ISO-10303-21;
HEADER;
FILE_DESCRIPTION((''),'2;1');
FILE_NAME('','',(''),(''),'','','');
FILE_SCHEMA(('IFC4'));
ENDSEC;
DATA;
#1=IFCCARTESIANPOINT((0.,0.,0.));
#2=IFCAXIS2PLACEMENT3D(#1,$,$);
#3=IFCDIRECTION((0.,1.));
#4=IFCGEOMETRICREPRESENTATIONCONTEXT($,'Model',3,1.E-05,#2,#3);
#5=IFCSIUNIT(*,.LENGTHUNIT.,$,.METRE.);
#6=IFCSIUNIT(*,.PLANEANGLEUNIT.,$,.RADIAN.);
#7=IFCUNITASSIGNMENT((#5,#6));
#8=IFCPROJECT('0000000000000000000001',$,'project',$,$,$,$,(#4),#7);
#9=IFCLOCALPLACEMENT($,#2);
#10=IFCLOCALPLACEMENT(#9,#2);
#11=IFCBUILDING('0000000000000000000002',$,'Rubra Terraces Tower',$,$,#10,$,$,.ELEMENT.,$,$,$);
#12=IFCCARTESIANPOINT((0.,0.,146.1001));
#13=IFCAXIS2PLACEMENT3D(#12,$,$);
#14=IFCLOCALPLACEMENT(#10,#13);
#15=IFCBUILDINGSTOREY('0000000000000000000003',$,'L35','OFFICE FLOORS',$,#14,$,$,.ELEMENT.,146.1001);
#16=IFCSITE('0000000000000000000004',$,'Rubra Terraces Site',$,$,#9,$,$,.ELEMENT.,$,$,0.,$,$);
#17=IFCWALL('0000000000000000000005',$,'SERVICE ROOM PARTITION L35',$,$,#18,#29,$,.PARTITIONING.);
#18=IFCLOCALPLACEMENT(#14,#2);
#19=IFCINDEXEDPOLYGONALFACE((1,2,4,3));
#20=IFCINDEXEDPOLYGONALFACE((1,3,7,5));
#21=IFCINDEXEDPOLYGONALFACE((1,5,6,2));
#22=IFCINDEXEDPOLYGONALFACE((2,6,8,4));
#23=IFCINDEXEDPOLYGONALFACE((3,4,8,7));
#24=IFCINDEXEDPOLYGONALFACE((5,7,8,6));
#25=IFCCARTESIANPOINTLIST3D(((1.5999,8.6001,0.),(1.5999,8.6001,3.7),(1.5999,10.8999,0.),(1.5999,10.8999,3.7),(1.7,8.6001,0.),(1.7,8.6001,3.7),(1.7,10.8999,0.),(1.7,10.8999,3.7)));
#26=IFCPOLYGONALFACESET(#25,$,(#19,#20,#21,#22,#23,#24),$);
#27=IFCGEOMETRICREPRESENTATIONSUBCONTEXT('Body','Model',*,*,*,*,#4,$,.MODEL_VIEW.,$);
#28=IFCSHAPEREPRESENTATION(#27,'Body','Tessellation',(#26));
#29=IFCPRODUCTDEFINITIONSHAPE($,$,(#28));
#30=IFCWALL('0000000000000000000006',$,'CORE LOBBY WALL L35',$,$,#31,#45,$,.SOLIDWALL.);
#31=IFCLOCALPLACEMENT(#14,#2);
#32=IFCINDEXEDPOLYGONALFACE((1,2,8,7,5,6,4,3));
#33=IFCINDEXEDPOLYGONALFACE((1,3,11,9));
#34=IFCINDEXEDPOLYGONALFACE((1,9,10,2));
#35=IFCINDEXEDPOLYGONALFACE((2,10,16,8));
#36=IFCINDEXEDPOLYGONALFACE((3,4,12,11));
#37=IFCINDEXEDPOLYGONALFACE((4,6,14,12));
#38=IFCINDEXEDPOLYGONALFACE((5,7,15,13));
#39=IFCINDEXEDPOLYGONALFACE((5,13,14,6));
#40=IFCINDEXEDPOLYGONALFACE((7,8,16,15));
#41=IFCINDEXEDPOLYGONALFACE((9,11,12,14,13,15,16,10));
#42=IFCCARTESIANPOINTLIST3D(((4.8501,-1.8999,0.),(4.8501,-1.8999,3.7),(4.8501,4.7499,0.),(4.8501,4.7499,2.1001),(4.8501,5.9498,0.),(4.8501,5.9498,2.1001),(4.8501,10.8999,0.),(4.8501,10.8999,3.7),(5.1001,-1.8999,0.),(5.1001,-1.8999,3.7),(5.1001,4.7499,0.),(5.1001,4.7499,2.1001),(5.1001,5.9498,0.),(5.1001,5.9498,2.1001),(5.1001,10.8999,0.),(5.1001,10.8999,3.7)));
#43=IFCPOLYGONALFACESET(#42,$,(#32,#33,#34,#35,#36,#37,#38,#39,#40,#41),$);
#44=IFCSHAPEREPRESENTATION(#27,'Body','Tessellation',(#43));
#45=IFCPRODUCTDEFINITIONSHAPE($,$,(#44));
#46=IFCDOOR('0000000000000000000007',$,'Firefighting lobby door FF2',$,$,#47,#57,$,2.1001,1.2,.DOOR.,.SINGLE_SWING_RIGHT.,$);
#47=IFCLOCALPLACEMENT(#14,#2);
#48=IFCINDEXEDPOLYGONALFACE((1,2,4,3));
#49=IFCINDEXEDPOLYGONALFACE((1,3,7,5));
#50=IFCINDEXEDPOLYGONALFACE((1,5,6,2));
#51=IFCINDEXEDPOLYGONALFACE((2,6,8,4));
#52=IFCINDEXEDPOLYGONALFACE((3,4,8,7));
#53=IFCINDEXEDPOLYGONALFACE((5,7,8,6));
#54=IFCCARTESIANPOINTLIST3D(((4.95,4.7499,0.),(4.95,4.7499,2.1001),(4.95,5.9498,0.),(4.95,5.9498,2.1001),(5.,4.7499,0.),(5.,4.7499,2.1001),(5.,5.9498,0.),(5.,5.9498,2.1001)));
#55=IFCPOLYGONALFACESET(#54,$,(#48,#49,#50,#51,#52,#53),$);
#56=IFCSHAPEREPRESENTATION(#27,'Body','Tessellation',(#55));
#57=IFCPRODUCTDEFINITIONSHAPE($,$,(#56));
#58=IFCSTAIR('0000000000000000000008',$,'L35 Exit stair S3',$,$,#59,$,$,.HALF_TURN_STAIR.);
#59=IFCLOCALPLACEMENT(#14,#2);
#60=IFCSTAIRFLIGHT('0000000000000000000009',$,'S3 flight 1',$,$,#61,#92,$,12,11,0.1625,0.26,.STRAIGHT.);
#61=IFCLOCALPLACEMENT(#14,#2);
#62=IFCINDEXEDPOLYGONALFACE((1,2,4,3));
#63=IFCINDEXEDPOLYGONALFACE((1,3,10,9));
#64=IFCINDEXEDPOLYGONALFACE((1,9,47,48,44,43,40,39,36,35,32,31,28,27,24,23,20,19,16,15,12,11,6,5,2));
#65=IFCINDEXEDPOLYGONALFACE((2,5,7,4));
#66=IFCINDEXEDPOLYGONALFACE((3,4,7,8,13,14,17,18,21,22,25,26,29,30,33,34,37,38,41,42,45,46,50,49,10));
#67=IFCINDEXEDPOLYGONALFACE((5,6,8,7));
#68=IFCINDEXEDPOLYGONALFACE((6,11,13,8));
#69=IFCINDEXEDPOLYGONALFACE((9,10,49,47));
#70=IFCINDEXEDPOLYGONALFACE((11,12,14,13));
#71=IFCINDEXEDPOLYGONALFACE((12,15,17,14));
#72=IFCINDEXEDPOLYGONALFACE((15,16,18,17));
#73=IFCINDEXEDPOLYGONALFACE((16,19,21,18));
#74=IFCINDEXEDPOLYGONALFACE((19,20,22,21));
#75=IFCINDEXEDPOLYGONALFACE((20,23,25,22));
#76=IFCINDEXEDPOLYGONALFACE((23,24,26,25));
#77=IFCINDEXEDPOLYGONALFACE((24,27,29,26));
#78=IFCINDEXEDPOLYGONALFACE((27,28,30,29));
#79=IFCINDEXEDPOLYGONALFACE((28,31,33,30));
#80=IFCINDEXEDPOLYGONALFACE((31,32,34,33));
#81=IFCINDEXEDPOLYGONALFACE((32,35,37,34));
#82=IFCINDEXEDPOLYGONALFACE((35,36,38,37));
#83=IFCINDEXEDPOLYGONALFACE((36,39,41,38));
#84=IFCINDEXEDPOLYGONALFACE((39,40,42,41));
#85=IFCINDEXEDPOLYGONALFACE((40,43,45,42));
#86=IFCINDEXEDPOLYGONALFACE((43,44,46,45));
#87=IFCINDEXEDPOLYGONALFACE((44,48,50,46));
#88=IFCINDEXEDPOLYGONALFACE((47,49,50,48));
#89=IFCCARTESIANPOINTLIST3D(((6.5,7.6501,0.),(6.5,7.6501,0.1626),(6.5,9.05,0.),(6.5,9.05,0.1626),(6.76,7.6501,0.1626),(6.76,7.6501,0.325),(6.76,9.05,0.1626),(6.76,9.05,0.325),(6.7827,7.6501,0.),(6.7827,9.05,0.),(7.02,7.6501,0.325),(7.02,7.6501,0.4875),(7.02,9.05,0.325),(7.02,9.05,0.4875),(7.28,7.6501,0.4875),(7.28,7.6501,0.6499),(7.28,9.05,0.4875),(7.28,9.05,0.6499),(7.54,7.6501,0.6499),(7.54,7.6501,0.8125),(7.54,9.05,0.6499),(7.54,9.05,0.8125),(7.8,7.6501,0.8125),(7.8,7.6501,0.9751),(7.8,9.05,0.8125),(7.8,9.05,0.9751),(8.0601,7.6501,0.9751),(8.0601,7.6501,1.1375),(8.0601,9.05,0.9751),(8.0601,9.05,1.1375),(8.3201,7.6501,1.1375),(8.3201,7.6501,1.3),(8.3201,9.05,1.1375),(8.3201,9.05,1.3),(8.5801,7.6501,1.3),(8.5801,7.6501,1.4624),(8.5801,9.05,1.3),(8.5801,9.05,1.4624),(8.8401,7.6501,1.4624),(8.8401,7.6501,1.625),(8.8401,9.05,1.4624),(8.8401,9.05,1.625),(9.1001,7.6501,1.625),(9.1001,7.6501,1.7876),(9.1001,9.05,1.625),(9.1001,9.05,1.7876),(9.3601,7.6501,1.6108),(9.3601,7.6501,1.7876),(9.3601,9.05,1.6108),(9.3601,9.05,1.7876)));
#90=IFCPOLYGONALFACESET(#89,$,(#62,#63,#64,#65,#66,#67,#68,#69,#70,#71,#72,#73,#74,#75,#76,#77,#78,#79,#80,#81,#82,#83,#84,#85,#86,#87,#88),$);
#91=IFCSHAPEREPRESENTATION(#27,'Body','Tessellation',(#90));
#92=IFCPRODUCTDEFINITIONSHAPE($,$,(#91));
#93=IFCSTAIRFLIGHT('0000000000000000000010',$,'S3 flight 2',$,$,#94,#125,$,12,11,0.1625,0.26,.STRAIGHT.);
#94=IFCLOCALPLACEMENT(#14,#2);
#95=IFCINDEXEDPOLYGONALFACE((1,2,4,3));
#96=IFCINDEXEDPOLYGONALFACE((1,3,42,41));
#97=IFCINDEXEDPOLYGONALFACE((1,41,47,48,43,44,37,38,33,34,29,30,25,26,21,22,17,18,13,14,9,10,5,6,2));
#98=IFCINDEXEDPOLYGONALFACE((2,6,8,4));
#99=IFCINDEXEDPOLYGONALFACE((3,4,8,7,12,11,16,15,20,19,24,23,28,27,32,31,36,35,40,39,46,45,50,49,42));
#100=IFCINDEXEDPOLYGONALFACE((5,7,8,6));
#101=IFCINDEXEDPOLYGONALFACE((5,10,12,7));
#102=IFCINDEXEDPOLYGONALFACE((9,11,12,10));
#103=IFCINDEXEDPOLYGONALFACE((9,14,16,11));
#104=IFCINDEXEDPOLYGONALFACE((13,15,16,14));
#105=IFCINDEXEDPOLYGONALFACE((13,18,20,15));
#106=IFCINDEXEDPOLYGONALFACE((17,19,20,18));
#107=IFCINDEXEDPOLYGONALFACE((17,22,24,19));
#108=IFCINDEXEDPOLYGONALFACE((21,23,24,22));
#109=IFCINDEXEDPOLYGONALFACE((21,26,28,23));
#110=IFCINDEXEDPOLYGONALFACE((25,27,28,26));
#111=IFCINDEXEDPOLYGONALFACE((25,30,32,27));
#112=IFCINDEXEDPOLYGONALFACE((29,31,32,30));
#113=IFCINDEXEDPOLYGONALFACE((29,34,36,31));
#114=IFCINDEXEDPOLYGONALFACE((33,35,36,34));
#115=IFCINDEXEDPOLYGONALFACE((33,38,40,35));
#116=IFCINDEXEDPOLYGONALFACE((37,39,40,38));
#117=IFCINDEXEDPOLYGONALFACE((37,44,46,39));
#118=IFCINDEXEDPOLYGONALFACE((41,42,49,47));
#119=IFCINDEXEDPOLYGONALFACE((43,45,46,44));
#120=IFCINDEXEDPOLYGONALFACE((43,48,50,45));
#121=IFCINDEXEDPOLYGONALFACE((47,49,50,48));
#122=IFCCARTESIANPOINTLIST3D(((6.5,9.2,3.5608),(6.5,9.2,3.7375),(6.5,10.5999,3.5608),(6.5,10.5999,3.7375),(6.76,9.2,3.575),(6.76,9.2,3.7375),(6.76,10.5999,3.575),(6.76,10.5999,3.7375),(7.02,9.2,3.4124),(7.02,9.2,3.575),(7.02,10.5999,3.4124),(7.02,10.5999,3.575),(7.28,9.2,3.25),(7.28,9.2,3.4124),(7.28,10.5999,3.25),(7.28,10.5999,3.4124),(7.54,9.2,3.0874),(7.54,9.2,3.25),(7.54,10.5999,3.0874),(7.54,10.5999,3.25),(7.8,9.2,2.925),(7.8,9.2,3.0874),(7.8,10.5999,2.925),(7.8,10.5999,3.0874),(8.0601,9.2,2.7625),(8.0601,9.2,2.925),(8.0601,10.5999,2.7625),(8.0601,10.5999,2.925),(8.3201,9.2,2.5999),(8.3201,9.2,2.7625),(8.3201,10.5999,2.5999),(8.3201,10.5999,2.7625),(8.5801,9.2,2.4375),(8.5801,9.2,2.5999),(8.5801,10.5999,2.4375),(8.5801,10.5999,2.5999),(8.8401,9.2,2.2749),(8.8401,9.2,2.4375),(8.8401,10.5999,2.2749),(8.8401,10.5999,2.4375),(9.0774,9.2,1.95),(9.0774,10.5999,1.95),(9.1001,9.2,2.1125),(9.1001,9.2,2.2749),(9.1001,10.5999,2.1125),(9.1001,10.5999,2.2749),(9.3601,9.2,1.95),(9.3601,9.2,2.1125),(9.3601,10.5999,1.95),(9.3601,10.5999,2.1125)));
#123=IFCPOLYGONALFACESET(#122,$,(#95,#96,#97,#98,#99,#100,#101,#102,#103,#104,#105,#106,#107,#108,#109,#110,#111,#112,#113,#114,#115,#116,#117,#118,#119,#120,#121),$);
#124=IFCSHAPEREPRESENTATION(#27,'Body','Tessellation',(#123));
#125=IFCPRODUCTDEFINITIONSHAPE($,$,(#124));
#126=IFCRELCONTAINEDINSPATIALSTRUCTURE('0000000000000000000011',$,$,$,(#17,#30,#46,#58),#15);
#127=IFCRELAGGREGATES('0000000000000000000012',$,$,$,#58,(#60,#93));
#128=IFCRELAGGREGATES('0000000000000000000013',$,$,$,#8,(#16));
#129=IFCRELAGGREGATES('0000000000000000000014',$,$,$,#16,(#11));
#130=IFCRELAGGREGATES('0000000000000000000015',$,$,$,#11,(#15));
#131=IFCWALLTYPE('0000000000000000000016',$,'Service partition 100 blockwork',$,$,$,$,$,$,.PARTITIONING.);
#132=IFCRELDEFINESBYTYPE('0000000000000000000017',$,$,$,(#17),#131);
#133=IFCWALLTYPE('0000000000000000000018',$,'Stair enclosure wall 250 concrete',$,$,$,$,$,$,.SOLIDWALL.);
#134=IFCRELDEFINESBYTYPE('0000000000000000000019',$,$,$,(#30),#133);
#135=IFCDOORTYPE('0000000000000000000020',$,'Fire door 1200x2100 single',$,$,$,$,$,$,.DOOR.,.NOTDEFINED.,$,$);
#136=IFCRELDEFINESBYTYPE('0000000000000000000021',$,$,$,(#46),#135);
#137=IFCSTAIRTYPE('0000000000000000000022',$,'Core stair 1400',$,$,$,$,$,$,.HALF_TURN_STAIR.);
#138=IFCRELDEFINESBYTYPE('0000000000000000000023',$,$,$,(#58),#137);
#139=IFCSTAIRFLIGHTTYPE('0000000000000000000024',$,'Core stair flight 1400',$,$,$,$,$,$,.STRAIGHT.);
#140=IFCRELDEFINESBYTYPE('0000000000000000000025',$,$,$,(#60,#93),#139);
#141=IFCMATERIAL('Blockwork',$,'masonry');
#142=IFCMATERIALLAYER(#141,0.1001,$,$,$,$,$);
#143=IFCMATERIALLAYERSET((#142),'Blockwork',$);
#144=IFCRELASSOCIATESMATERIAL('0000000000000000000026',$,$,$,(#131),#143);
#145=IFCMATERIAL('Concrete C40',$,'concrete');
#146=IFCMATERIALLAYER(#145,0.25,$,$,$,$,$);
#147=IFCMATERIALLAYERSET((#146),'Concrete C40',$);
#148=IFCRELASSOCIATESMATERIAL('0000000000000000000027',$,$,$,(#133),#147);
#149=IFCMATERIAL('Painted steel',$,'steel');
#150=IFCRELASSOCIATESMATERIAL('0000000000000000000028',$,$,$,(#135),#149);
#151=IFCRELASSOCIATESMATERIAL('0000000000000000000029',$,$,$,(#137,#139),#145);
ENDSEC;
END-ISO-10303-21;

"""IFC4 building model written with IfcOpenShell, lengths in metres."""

from ifc_helpers import new_model, si_unit, direction, frame, frame_2d, origin, place, context, subcontext, project, spatial, polyline, rectangle, outline, extrude, material, layer, layer_set, type_object, element, fill, aggregate, save


model = new_model("IFC4")

# Units and contexts
model_context = context("Model", 3, precision=1e-05, world=origin(), true_north=direction((0.0, 1.0)))
body_context = subcontext(model_context, "Body", "Model", "MODEL_VIEW")
ifc_project = project(units=[si_unit("LENGTHUNIT", "METRE"), si_unit("PLANEANGLEUNIT", "RADIAN")], contexts=[model_context])

# Site, building, storey
site_placement = place(None, origin())
site = spatial("IfcSite", under=ifc_project, at=site_placement, Name="Rubra Terraces Site", CompositionType="ELEMENT", RefElevation=0.0)
building_placement = place(site_placement, origin())
building = spatial("IfcBuilding", under=site, at=building_placement, Name="Rubra Terraces Tower", CompositionType="ELEMENT")
storey_placement = place(building_placement, frame((0.0, 0.0, 146.1001)))
storey = spatial("IfcBuildingStorey", under=building, at=storey_placement, Name="L35", Description="OFFICE FLOORS", CompositionType="ELEMENT", Elevation=146.1001)

# Wall
ifc_material_1 = material(Name="Blockwork", Category="masonry")
ifc_layer_1 = layer(ifc_material_1, 0.1001)
ifc_layer_set_1 = layer_set([ifc_layer_1], Name="Blockwork")
wall_type_1 = type_object("IfcWallType", Name="Service partition 100 blockwork", PredefinedType="PARTITIONING", material=ifc_layer_set_1)
wall_1_placement = place(storey_placement, frame((1.6499, 8.6001, 0.0), z_axis=(0.0, 0.0, 1.0), x_axis=(0.0, 1.0, 0.0)))
element("IfcWall", 1, at=wall_1_placement, inside=storey, type_object=wall_type_1, Name="SERVICE ROOM PARTITION L35", PredefinedType="PARTITIONING", context=body_context, shape_type="SweptSolid", body=[
    extrude(rectangle(XDim=2.2998, YDim=0.1001, at=frame_2d((1.1499, 0.0))), origin(), (0.0, 0.0, 1.0), 3.7),
])

# Wall, opening, door
ifc_material_2 = material(Name="Concrete C40", Category="concrete")
ifc_layer_2 = layer(ifc_material_2, 0.25)
ifc_layer_set_2 = layer_set([ifc_layer_2], Name="Concrete C40")
wall_type_2 = type_object("IfcWallType", Name="Stair enclosure wall 250 concrete", PredefinedType="SOLIDWALL", material=ifc_layer_set_2)
wall_2_placement = place(storey_placement, frame((4.9751, 10.8999, 0.0), z_axis=(0.0, 0.0, 1.0), x_axis=(0.0, -1.0, 0.0)))
wall_2 = element("IfcWall", 2, at=wall_2_placement, inside=storey, type_object=wall_type_2, Name="CORE LOBBY WALL L35", PredefinedType="SOLIDWALL", context=body_context, shape_type="SweptSolid", body=[
    extrude(rectangle(XDim=12.7998, YDim=0.25, at=frame_2d((6.3999, 0.0))), origin(), (0.0, 0.0, 1.0), 3.7),
])
opening_1_placement = place(wall_2_placement, frame((4.95, 0.0, 0.0)))
opening_1 = element("IfcOpeningElement", 3, at=opening_1_placement, cuts=wall_2, PredefinedType="OPENING", context=body_context, shape_type="SweptSolid", body=[
    extrude(rectangle(XDim=1.2, YDim=2.1001, at=frame_2d((0.6001, 1.05))), frame((0.0, 0.135, 0.0), z_axis=(0.0, -1.0, 0.0), x_axis=(1.0, 0.0, 0.0)), (0.0, 0.0, 1.0), 0.27),
])
ifc_material_3 = material(Name="Painted steel", Category="steel")
door_type_1 = type_object("IfcDoorType", Name="Fire door 1200x2100 single", OperationType="NOTDEFINED", PredefinedType="DOOR", material=ifc_material_3)
door_1_placement = place(opening_1_placement, origin())
door_1 = element("IfcDoor", 4, at=door_1_placement, inside=storey, type_object=door_type_1, Name="Firefighting lobby door FF2", OperationType="SINGLE_SWING_RIGHT", OverallHeight=2.1001, OverallWidth=1.2, PredefinedType="DOOR", context=body_context, shape_type="SweptSolid", body=[
    extrude(rectangle(XDim=1.2, YDim=2.1001, at=frame_2d((0.6001, 1.05))), frame((0.0, 0.0249, 0.0), z_axis=(0.0, -1.0, 0.0), x_axis=(1.0, 0.0, 0.0)), (0.0, 0.0, 1.0), 0.05),
])
fill(opening_1, door_1)

# Stair, stair flights
stair_type = type_object("IfcStairType", Name="Core stair 1400", PredefinedType="HALF_TURN_STAIR", material=ifc_material_2)
stair_placement = place(storey_placement, origin())
stair = element("IfcStair", 5, at=stair_placement, inside=storey, type_object=stair_type, Name="L35 Exit stair S3", PredefinedType="HALF_TURN_STAIR")
stair_flight_type = type_object("IfcStairFlightType", Name="Core stair flight 1400", PredefinedType="STRAIGHT", material=ifc_material_2)
stair_flight_1_placement = place(storey_placement, frame((6.5, 8.3501, 0.0), z_axis=(0.0, 0.0, 1.0), x_axis=(1.0, 0.0, 0.0)))
stair_flight_1 = element("IfcStairFlight", 6, at=stair_flight_1_placement, type_object=stair_flight_type, Name="S3 flight 1", NumberOfRisers=12, NumberOfTreads=11, PredefinedType="STRAIGHT", RiserHeight=0.1625, TreadLength=0.26, context=body_context, shape_type="SweptSolid", body=[
    extrude(outline(polyline([(0.0, 0.0), (0.0, 0.1626), (0.26, 0.1626), (0.26, 0.325), (0.52, 0.325), (0.52, 0.4875), (0.78, 0.4875), (0.78, 0.6499), (1.04, 0.6499), (1.04, 0.8125), (1.3, 0.8125), (1.3, 0.9751), (1.5601, 0.9751), (1.5601, 1.1375), (1.8201, 1.1375), (1.8201, 1.3), (2.0801, 1.3), (2.0801, 1.4624), (2.3401, 1.4624), (2.3401, 1.625), (2.6001, 1.625), (2.6001, 1.7876), (2.8601, 1.7876), (2.8601, 1.95), (2.8601, 1.6108), (0.2827, 0.0), (0.0, 0.0)])), frame((0.0, 0.7, 0.0), z_axis=(0.0, -1.0, 0.0), x_axis=(1.0, 0.0, 0.0)), (0.0, 0.0, 1.0), 1.3999),
])
stair_flight_2_placement = place(storey_placement, frame((9.3601, 9.8999, 1.95), z_axis=(0.0, 0.0, 1.0), x_axis=(-1.0, 0.0, 0.0)))
stair_flight_2 = element("IfcStairFlight", 7, at=stair_flight_2_placement, type_object=stair_flight_type, Name="S3 flight 2", NumberOfRisers=12, NumberOfTreads=11, PredefinedType="STRAIGHT", RiserHeight=0.1625, TreadLength=0.26, context=body_context, shape_type="SweptSolid", body=[
    extrude(outline(polyline([(0.0, 0.0), (0.0, 0.1626), (0.26, 0.1626), (0.26, 0.325), (0.52, 0.325), (0.52, 0.4875), (0.78, 0.4875), (0.78, 0.6499), (1.04, 0.6499), (1.04, 0.8125), (1.3, 0.8125), (1.3, 0.9751), (1.5601, 0.9751), (1.5601, 1.1375), (1.8201, 1.1375), (1.8201, 1.3), (2.0801, 1.3), (2.0801, 1.4624), (2.3401, 1.4624), (2.3401, 1.625), (2.6001, 1.625), (2.6001, 1.7876), (2.8601, 1.7876), (2.8601, 1.95), (2.8601, 1.6108), (0.2827, 0.0), (0.0, 0.0)])), frame((0.0, 0.7, 0.0), z_axis=(0.0, -1.0, 0.0), x_axis=(1.0, 0.0, 0.0)), (0.0, 0.0, 1.0), 1.3999),
])
aggregate(stair, [stair_flight_1, stair_flight_2])

save(model, "model.ifc")
